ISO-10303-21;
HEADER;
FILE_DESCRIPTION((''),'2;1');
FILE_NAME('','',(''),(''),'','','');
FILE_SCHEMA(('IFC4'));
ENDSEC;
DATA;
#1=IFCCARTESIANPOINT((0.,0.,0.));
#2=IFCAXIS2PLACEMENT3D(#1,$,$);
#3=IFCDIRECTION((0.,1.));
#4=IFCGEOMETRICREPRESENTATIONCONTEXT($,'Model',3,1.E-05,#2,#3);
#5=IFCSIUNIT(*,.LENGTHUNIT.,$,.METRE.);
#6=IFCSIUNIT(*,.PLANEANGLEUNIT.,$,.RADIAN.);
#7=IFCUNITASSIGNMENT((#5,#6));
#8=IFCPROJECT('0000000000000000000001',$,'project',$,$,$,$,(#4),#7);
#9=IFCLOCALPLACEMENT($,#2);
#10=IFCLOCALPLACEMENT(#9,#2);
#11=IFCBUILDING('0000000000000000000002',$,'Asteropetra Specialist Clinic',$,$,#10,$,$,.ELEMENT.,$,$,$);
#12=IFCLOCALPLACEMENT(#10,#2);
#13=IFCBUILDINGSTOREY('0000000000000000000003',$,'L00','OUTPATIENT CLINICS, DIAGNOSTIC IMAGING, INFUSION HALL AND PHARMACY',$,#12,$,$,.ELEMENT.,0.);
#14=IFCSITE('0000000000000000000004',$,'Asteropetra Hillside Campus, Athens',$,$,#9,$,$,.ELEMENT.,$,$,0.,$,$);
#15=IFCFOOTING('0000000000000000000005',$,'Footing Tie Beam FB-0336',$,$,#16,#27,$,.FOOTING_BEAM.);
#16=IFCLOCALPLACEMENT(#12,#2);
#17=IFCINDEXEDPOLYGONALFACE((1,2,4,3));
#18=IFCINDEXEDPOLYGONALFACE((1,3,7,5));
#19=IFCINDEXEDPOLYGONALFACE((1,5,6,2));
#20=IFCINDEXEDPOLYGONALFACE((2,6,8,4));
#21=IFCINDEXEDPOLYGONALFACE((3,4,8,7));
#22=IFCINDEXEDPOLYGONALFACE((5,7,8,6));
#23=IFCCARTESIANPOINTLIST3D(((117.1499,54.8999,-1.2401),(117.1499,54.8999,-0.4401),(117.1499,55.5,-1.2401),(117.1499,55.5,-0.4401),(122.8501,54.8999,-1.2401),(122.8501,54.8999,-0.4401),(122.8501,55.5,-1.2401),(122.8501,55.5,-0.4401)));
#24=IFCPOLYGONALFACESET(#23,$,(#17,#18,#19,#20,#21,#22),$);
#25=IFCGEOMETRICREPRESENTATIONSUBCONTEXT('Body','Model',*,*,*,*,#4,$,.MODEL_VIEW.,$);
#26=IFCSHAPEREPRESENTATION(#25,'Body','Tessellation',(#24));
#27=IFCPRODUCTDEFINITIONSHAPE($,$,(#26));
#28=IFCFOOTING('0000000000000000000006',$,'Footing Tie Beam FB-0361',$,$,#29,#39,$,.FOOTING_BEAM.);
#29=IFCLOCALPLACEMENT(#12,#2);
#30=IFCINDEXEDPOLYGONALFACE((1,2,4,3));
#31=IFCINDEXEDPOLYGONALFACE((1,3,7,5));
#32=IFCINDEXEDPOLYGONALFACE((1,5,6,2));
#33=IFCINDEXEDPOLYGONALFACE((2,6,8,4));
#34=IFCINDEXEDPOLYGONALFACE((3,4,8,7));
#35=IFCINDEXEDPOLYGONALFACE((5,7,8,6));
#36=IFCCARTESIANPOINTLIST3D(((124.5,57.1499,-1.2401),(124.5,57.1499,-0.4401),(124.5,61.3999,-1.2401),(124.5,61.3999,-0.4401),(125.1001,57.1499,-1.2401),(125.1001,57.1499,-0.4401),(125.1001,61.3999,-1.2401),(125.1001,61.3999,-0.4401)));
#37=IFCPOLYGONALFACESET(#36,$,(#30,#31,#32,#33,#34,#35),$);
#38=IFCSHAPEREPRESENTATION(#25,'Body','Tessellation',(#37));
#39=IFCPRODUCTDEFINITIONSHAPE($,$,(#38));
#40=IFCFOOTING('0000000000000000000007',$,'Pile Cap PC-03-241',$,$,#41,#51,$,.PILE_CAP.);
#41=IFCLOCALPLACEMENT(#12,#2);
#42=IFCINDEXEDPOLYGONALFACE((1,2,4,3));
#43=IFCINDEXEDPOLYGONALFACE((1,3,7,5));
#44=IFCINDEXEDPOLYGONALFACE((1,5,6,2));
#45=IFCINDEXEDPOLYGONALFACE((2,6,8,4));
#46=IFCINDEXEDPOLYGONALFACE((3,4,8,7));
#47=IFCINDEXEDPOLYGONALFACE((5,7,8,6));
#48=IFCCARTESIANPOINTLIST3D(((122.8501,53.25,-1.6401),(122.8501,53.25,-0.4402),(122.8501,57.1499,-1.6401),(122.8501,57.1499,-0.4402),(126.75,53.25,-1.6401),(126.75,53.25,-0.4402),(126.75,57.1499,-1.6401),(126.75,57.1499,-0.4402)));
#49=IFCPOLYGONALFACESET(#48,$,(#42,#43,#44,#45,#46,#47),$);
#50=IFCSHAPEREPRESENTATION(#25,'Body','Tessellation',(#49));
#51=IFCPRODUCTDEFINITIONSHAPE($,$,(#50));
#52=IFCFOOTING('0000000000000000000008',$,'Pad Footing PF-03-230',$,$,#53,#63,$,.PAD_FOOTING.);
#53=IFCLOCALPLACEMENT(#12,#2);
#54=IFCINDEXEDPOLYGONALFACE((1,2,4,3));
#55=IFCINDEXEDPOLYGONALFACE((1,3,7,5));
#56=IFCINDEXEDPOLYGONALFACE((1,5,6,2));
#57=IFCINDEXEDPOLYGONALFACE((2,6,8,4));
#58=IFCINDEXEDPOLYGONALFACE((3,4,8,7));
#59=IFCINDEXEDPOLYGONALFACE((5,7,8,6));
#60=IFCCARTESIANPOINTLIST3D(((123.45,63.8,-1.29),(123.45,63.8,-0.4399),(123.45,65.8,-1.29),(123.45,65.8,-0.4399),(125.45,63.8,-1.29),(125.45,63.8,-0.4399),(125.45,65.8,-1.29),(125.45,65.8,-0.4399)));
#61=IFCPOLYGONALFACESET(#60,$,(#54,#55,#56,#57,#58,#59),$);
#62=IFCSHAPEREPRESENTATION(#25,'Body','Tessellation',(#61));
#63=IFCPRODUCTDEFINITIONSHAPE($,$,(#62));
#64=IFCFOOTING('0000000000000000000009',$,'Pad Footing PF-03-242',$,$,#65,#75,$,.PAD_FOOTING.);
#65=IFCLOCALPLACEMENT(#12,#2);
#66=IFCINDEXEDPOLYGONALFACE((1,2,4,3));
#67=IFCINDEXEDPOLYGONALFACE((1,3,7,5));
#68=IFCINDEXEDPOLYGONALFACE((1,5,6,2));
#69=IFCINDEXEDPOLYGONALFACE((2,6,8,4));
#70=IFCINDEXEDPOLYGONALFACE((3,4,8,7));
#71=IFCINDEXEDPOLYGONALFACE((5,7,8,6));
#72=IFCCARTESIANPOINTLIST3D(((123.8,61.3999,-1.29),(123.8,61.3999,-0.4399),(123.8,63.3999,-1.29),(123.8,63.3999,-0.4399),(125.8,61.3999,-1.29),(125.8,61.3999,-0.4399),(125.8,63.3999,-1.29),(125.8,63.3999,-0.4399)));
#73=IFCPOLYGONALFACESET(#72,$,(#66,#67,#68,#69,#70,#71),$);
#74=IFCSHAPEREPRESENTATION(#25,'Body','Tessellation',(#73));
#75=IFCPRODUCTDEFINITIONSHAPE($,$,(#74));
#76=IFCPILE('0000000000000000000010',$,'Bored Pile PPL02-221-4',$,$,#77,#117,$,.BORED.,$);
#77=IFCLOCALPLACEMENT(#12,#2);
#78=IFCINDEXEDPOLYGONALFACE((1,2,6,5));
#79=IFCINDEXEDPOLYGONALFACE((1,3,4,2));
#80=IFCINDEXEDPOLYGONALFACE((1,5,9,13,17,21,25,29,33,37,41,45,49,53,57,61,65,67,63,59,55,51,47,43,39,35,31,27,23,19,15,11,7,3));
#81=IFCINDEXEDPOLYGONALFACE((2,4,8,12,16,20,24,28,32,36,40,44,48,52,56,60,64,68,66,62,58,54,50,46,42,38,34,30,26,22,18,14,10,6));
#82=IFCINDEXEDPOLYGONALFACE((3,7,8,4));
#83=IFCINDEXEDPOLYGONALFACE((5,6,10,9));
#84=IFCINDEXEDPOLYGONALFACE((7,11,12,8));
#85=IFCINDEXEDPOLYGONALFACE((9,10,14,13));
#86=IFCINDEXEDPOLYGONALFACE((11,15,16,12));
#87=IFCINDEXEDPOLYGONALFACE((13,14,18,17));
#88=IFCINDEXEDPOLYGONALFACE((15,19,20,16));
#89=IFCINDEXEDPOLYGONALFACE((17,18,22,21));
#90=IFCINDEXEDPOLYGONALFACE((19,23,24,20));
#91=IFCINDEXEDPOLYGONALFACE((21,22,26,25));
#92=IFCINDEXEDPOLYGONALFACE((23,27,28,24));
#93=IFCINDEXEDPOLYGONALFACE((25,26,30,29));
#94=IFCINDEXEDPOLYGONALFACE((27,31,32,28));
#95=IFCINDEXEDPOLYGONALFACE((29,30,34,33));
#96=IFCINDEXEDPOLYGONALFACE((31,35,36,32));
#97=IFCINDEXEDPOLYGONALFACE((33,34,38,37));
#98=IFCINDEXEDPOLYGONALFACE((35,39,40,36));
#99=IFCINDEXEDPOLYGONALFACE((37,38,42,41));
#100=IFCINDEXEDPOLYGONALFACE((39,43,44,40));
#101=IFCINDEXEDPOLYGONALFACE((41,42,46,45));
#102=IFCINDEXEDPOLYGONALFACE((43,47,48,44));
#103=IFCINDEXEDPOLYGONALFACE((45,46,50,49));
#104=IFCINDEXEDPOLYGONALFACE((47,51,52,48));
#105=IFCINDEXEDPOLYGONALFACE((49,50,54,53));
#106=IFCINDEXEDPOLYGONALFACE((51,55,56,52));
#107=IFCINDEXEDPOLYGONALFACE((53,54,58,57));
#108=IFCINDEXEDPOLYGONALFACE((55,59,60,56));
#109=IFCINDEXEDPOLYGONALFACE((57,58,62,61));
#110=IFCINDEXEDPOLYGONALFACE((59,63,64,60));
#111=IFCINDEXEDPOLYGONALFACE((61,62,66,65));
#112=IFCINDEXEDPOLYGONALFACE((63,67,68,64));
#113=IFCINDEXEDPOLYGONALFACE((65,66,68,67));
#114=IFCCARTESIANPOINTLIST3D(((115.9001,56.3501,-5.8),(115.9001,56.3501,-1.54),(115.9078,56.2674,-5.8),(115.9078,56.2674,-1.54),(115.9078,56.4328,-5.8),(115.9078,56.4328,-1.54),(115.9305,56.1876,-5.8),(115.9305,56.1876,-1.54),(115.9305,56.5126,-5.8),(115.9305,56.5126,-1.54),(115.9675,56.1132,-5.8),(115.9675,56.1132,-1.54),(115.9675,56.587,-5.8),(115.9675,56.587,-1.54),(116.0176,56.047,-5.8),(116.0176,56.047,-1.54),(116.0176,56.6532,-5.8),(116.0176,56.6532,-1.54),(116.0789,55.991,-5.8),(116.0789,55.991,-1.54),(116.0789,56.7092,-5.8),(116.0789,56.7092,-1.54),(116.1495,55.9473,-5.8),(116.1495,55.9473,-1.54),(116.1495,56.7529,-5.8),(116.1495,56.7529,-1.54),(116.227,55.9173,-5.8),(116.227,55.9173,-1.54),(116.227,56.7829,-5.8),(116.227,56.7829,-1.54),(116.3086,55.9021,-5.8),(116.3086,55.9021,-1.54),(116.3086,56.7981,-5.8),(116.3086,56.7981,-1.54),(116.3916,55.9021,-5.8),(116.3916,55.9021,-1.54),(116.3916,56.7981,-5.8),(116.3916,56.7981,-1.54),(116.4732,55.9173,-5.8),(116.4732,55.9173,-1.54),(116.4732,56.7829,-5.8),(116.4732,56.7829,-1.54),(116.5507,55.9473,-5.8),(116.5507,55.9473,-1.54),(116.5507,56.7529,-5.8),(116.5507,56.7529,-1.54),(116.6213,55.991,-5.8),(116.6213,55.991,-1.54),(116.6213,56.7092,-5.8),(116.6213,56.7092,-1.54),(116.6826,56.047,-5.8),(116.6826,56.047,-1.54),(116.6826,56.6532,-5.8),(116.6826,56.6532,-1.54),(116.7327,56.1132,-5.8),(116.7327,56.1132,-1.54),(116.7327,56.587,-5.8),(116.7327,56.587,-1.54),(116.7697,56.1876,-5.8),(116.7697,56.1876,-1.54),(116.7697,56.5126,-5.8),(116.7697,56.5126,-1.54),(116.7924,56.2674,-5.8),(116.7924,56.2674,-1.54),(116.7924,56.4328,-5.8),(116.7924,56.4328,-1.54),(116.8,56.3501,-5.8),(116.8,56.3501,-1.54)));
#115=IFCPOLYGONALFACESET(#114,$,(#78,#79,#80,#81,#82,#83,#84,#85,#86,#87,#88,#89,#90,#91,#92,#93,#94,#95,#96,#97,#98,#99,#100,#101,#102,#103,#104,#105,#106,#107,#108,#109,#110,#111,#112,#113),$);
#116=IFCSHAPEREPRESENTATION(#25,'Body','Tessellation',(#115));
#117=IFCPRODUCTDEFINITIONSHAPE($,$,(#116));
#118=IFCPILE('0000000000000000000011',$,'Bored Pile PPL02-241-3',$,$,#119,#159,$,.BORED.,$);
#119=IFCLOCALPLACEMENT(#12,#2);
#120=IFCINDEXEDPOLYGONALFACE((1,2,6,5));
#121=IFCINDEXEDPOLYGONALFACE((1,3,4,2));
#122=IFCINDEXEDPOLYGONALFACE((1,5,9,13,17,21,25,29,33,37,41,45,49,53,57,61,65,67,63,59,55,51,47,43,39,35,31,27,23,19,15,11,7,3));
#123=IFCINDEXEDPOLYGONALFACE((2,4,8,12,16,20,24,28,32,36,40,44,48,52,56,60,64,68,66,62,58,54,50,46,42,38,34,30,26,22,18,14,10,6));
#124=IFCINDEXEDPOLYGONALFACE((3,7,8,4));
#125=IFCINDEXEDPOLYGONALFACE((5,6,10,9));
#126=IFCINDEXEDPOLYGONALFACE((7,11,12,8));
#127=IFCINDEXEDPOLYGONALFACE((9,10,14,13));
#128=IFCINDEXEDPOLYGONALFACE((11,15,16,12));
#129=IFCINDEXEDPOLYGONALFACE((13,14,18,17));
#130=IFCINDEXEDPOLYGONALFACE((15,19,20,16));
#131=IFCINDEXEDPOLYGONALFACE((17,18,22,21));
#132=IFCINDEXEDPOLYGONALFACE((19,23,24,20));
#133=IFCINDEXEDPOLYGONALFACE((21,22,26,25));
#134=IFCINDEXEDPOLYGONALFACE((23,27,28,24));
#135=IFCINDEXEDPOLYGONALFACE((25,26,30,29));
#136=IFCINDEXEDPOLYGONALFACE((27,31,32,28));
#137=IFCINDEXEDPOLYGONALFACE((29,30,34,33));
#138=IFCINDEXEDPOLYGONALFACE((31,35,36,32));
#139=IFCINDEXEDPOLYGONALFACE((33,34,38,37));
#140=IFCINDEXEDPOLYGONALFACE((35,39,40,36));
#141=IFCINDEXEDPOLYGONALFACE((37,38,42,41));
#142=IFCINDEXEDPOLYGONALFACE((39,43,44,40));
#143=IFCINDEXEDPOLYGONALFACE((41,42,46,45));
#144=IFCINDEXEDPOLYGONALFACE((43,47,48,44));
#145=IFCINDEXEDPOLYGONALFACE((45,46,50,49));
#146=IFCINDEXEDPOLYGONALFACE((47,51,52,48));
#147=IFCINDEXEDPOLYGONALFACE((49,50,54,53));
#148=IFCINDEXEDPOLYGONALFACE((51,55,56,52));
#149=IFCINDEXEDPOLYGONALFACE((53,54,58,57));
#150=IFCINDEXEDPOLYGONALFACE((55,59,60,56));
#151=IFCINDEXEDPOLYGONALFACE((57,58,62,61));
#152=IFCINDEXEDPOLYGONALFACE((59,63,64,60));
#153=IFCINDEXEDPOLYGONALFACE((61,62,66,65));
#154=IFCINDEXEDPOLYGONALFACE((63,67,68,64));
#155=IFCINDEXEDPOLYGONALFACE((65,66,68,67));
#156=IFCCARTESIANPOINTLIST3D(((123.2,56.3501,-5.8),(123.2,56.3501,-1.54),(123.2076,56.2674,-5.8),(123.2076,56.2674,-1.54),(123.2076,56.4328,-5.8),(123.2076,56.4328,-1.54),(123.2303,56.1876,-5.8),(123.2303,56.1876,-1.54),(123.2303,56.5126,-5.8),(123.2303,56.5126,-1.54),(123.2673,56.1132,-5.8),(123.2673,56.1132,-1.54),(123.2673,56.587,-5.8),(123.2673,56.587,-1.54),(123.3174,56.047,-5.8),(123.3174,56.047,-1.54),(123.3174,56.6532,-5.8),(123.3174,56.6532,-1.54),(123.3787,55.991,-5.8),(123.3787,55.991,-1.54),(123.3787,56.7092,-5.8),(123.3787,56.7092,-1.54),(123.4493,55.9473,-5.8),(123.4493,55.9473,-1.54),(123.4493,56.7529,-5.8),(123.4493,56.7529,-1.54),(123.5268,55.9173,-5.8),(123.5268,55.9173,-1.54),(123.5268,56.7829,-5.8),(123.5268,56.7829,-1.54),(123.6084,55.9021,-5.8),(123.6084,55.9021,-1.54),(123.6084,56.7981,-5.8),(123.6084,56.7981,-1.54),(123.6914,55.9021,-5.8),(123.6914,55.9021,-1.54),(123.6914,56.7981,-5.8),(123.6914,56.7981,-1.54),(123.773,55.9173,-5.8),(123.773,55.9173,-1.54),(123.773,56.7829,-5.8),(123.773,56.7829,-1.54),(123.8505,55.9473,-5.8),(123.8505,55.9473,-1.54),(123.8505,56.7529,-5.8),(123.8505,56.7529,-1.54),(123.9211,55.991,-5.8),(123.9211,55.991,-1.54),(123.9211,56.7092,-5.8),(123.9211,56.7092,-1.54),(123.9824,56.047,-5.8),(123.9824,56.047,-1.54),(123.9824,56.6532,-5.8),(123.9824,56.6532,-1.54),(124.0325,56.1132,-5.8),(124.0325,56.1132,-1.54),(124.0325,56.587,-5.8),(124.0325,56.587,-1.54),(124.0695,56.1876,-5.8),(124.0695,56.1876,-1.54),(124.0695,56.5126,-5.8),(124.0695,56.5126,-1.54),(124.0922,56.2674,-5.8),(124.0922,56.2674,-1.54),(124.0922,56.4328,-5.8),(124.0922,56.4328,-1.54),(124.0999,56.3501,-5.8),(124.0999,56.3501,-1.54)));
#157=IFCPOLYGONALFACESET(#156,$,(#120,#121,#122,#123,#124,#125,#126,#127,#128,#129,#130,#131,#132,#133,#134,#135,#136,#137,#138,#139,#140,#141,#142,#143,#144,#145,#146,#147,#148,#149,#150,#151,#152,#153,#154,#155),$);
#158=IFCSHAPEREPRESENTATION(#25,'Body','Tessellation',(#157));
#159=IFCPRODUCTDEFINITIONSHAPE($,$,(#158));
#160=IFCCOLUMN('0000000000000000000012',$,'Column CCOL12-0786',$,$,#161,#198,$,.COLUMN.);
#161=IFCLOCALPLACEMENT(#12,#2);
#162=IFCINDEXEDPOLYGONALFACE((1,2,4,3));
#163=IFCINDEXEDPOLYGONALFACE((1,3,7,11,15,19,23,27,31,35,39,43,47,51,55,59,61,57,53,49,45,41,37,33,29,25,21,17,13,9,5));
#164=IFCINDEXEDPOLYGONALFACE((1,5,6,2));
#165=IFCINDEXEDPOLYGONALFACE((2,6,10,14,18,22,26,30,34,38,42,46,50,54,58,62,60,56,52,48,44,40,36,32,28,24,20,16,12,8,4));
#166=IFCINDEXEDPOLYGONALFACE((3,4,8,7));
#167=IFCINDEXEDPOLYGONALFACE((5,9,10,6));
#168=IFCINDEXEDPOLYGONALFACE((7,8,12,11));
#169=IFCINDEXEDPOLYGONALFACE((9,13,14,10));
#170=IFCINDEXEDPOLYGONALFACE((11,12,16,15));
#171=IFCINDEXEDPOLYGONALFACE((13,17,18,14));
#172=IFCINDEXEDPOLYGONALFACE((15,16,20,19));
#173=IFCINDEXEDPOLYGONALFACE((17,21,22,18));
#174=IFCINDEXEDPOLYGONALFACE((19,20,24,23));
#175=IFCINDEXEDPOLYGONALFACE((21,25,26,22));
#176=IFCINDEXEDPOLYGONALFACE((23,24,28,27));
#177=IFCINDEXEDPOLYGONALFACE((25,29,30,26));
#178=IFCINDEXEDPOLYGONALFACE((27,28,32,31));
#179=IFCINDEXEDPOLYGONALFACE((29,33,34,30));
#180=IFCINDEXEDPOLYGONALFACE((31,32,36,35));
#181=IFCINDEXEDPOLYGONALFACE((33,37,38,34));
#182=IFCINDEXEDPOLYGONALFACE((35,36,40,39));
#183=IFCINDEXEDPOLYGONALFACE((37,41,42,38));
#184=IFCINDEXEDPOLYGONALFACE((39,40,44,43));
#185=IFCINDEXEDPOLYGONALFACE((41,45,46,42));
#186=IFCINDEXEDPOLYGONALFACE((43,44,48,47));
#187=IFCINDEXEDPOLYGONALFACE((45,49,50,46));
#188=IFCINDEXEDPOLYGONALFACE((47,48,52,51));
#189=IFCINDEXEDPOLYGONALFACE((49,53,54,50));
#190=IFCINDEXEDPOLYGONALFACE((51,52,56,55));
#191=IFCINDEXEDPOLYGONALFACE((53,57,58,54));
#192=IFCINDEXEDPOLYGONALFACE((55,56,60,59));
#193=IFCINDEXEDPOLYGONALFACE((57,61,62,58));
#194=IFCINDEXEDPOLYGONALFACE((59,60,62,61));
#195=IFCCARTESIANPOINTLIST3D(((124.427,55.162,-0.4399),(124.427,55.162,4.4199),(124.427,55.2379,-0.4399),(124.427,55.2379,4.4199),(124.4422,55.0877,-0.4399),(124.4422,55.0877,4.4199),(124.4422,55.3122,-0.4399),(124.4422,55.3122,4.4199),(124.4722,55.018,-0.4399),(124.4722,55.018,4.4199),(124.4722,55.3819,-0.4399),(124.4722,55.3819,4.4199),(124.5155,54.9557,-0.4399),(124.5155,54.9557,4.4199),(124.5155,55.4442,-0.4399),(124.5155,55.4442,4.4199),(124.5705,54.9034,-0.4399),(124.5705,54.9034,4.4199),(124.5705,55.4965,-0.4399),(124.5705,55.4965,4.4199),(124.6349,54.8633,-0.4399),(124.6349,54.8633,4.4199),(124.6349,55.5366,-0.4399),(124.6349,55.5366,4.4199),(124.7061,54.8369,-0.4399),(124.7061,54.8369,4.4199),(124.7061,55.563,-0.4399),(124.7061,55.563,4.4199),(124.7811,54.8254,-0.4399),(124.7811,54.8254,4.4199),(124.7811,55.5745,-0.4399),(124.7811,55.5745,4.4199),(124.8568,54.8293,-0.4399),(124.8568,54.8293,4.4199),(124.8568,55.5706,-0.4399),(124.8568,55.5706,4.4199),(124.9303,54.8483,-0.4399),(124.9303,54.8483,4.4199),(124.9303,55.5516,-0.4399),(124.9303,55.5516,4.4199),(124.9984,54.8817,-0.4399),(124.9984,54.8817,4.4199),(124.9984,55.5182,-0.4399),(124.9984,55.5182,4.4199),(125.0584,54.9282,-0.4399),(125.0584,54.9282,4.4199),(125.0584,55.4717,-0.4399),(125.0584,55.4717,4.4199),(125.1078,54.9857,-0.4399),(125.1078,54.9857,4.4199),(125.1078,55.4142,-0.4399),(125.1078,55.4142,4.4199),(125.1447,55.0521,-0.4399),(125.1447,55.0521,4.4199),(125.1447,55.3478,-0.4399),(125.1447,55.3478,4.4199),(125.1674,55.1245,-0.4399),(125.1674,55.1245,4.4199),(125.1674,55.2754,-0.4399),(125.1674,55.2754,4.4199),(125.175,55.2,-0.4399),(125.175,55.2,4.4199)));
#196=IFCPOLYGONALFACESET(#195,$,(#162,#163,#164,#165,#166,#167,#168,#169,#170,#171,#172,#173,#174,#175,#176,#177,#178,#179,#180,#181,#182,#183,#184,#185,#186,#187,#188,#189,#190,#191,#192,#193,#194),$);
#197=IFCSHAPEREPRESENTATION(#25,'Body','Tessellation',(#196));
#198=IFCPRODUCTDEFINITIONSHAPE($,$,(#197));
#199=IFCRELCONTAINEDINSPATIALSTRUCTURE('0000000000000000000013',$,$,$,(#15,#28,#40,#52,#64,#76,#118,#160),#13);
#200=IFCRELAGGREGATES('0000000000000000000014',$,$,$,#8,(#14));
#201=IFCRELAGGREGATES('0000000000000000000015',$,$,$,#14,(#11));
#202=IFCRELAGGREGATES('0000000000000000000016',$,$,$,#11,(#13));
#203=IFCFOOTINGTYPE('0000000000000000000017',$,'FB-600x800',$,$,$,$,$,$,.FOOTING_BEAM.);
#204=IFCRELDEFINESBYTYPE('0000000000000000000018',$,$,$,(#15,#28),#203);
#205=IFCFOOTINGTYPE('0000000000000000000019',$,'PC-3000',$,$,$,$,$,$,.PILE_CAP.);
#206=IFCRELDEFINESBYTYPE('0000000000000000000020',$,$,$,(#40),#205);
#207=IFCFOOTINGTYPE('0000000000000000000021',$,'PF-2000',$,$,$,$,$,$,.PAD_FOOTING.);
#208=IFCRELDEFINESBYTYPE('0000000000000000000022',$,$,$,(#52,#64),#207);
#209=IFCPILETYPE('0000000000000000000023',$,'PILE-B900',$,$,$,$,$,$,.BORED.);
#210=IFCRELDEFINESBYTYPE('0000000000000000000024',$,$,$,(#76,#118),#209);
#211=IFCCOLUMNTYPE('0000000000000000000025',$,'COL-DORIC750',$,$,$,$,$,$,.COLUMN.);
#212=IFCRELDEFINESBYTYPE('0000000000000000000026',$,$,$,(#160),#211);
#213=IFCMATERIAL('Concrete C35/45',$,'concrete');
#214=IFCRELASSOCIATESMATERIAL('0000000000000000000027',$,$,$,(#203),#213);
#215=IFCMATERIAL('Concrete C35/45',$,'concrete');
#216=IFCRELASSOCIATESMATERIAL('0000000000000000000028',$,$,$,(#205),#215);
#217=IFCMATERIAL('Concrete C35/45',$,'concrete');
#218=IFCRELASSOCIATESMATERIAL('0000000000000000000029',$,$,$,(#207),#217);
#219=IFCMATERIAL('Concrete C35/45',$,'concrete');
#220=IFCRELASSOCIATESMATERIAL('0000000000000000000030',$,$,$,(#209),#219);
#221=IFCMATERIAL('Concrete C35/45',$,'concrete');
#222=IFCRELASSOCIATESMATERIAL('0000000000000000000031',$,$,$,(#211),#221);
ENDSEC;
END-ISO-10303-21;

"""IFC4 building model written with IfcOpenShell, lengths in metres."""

from ifc_helpers import new_model, si_unit, direction, frame, origin, origin_2d, place, context, subcontext, project, spatial, rectangle, circle, extrude, material, material_profile, profile_set, type_object, element, save


model = new_model("IFC4")

# Units and contexts
model_context = context("Model", 3, precision=1e-05, world=origin(), true_north=direction((0.0, 1.0)))
body_context = subcontext(model_context, "Body", "Model", "MODEL_VIEW")
ifc_project = project(units=[si_unit("LENGTHUNIT", "METRE"), si_unit("PLANEANGLEUNIT", "RADIAN")], contexts=[model_context])

# Site, building, storey
site_placement = place(None, origin())
site = spatial("IfcSite", under=ifc_project, at=site_placement, Name="Asteropetra Hillside Campus, Athens", CompositionType="ELEMENT", RefElevation=0.0)
building_placement = place(site_placement, origin())
building = spatial("IfcBuilding", under=site, at=building_placement, Name="Asteropetra Specialist Clinic", CompositionType="ELEMENT")
storey_placement = place(building_placement, origin())
storey = spatial("IfcBuildingStorey", under=building, at=storey_placement, Name="L00", Description="OUTPATIENT CLINICS, DIAGNOSTIC IMAGING, INFUSION HALL AND PHARMACY", CompositionType="ELEMENT", Elevation=0.0)

# Footings
ifc_material_1 = material(Name="Concrete C35/45", Category="concrete")
ifc_material_profile_1 = material_profile(ifc_material_1, rectangle(XDim=0.6001, YDim=0.8, at=origin_2d()), Name="FB 600x800")
ifc_profile_set_1 = profile_set([ifc_material_profile_1], Name="Concrete C35/45")
footing_type_1 = type_object("IfcFootingType", Name="FB-600x800", PredefinedType="FOOTING_BEAM", material=ifc_profile_set_1)
footing_1_placement = place(storey_placement, frame((117.1499, 55.2, -0.8401), z_axis=(1.0, 0.0, 0.0), x_axis=(0.0, 1.0, 0.0)))
element("IfcFooting", 1, at=footing_1_placement, inside=storey, type_object=footing_type_1, Name="Footing Tie Beam FB-0336", PredefinedType="FOOTING_BEAM", context=body_context, shape_type="SweptSolid", body=[
    extrude(rectangle(XDim=0.6001, YDim=0.8, at=origin_2d()), origin(), (0.0, 0.0, 1.0), 5.7002),
])
footing_2_placement = place(storey_placement, frame((124.8, 57.1499, -0.8401), z_axis=(0.0, 1.0, 0.0), x_axis=(-1.0, 0.0, 0.0)))
element("IfcFooting", 2, at=footing_2_placement, inside=storey, type_object=footing_type_1, Name="Footing Tie Beam FB-0361", PredefinedType="FOOTING_BEAM", context=body_context, shape_type="SweptSolid", body=[
    extrude(rectangle(XDim=0.6001, YDim=0.8, at=origin_2d()), origin(), (0.0, 0.0, 1.0), 4.25),
])
ifc_material_2 = material(Name="Concrete C35/45", Category="concrete")
footing_type_2 = type_object("IfcFootingType", Name="PC-3000", PredefinedType="PILE_CAP", material=ifc_material_2)
footing_3_placement = place(storey_placement, frame((124.8, 55.2, -1.6401), z_axis=(0.0, 0.0, 1.0), x_axis=(1.0, 0.0, 0.0)))
element("IfcFooting", 3, at=footing_3_placement, inside=storey, type_object=footing_type_2, Name="Pile Cap PC-03-241", PredefinedType="PILE_CAP", context=body_context, shape_type="SweptSolid", body=[
    extrude(rectangle(XDim=3.8999, YDim=3.8999, at=origin_2d()), origin(), (0.0, 0.0, 1.0), 1.2),
])
ifc_material_3 = material(Name="Concrete C35/45", Category="concrete")
footing_type_3 = type_object("IfcFootingType", Name="PF-2000", PredefinedType="PAD_FOOTING", material=ifc_material_3)
for number, where, z_axis, x_axis, name in (
    (4, (124.45, 64.8, -1.29), (0.0, 0.0, 1.0), (1.0, 0.0, 0.0), "Pad Footing PF-03-230"),
    (5, (124.8, 62.3999, -1.29), (0.0, 0.0, 1.0), (1.0, 0.0, 0.0), "Pad Footing PF-03-242"),
):
    element("IfcFooting", number, at=place(storey_placement, frame(where, z_axis=z_axis, x_axis=x_axis)), inside=storey, type_object=footing_type_3, Name=name, PredefinedType="PAD_FOOTING", context=body_context, shape_type="SweptSolid", body=[
        extrude(rectangle(XDim=2.0, YDim=2.0, at=origin_2d()), origin(), (0.0, 0.0, 1.0), 0.8501),
    ])

# Piles
ifc_material_4 = material(Name="Concrete C35/45", Category="concrete")
ifc_material_profile_2 = material_profile(ifc_material_4, circle(Radius=0.45, at=origin_2d()), Name="PILE D900")
ifc_profile_set_2 = profile_set([ifc_material_profile_2], Name="Concrete C35/45")
pile_type = type_object("IfcPileType", Name="PILE-B900", PredefinedType="BORED", material=ifc_profile_set_2)
for number, where, z_axis, x_axis, name in (
    (6, (116.3501, 56.3501, -1.54), (0.0, 0.0, -1.0), (1.0, 0.0, 0.0), "Bored Pile PPL02-221-4"),
    (7, (123.6499, 56.3501, -1.54), (0.0, 0.0, -1.0), (1.0, 0.0, 0.0), "Bored Pile PPL02-241-3"),
):
    element("IfcPile", number, at=place(storey_placement, frame(where, z_axis=z_axis, x_axis=x_axis)), inside=storey, type_object=pile_type, Name=name, PredefinedType="BORED", context=body_context, shape_type="SweptSolid", body=[
        extrude(circle(Radius=0.45, at=origin_2d()), origin(), (0.0, 0.0, 1.0), 4.26),
    ])

# Column
ifc_material_5 = material(Name="Concrete C35/45", Category="concrete")
ifc_material_profile_3 = material_profile(ifc_material_5, circle(Radius=0.375, at=origin_2d()), Name="RCC D750")
ifc_profile_set_3 = profile_set([ifc_material_profile_3], Name="Concrete C35/45")
column_type_1 = type_object("IfcColumnType", Name="COL-DORIC750", PredefinedType="COLUMN", material=ifc_profile_set_3)
for number, where, z_axis, x_axis, name in (
    (8, (124.8, 55.2, -0.4399), (0.0, 0.0, 1.0), (1.0, 0.0, 0.0), "Column CCOL12-0786"),
):
    element("IfcColumn", number, at=place(storey_placement, frame(where, z_axis=z_axis, x_axis=x_axis)), inside=storey, type_object=column_type_1, Name=name, PredefinedType="COLUMN", context=body_context, shape_type="SweptSolid", body=[
        extrude(circle(Radius=0.375, at=origin_2d()), origin(), (0.0, 0.0, 1.0), 4.8599),
    ])

save(model, "model.ifc")
